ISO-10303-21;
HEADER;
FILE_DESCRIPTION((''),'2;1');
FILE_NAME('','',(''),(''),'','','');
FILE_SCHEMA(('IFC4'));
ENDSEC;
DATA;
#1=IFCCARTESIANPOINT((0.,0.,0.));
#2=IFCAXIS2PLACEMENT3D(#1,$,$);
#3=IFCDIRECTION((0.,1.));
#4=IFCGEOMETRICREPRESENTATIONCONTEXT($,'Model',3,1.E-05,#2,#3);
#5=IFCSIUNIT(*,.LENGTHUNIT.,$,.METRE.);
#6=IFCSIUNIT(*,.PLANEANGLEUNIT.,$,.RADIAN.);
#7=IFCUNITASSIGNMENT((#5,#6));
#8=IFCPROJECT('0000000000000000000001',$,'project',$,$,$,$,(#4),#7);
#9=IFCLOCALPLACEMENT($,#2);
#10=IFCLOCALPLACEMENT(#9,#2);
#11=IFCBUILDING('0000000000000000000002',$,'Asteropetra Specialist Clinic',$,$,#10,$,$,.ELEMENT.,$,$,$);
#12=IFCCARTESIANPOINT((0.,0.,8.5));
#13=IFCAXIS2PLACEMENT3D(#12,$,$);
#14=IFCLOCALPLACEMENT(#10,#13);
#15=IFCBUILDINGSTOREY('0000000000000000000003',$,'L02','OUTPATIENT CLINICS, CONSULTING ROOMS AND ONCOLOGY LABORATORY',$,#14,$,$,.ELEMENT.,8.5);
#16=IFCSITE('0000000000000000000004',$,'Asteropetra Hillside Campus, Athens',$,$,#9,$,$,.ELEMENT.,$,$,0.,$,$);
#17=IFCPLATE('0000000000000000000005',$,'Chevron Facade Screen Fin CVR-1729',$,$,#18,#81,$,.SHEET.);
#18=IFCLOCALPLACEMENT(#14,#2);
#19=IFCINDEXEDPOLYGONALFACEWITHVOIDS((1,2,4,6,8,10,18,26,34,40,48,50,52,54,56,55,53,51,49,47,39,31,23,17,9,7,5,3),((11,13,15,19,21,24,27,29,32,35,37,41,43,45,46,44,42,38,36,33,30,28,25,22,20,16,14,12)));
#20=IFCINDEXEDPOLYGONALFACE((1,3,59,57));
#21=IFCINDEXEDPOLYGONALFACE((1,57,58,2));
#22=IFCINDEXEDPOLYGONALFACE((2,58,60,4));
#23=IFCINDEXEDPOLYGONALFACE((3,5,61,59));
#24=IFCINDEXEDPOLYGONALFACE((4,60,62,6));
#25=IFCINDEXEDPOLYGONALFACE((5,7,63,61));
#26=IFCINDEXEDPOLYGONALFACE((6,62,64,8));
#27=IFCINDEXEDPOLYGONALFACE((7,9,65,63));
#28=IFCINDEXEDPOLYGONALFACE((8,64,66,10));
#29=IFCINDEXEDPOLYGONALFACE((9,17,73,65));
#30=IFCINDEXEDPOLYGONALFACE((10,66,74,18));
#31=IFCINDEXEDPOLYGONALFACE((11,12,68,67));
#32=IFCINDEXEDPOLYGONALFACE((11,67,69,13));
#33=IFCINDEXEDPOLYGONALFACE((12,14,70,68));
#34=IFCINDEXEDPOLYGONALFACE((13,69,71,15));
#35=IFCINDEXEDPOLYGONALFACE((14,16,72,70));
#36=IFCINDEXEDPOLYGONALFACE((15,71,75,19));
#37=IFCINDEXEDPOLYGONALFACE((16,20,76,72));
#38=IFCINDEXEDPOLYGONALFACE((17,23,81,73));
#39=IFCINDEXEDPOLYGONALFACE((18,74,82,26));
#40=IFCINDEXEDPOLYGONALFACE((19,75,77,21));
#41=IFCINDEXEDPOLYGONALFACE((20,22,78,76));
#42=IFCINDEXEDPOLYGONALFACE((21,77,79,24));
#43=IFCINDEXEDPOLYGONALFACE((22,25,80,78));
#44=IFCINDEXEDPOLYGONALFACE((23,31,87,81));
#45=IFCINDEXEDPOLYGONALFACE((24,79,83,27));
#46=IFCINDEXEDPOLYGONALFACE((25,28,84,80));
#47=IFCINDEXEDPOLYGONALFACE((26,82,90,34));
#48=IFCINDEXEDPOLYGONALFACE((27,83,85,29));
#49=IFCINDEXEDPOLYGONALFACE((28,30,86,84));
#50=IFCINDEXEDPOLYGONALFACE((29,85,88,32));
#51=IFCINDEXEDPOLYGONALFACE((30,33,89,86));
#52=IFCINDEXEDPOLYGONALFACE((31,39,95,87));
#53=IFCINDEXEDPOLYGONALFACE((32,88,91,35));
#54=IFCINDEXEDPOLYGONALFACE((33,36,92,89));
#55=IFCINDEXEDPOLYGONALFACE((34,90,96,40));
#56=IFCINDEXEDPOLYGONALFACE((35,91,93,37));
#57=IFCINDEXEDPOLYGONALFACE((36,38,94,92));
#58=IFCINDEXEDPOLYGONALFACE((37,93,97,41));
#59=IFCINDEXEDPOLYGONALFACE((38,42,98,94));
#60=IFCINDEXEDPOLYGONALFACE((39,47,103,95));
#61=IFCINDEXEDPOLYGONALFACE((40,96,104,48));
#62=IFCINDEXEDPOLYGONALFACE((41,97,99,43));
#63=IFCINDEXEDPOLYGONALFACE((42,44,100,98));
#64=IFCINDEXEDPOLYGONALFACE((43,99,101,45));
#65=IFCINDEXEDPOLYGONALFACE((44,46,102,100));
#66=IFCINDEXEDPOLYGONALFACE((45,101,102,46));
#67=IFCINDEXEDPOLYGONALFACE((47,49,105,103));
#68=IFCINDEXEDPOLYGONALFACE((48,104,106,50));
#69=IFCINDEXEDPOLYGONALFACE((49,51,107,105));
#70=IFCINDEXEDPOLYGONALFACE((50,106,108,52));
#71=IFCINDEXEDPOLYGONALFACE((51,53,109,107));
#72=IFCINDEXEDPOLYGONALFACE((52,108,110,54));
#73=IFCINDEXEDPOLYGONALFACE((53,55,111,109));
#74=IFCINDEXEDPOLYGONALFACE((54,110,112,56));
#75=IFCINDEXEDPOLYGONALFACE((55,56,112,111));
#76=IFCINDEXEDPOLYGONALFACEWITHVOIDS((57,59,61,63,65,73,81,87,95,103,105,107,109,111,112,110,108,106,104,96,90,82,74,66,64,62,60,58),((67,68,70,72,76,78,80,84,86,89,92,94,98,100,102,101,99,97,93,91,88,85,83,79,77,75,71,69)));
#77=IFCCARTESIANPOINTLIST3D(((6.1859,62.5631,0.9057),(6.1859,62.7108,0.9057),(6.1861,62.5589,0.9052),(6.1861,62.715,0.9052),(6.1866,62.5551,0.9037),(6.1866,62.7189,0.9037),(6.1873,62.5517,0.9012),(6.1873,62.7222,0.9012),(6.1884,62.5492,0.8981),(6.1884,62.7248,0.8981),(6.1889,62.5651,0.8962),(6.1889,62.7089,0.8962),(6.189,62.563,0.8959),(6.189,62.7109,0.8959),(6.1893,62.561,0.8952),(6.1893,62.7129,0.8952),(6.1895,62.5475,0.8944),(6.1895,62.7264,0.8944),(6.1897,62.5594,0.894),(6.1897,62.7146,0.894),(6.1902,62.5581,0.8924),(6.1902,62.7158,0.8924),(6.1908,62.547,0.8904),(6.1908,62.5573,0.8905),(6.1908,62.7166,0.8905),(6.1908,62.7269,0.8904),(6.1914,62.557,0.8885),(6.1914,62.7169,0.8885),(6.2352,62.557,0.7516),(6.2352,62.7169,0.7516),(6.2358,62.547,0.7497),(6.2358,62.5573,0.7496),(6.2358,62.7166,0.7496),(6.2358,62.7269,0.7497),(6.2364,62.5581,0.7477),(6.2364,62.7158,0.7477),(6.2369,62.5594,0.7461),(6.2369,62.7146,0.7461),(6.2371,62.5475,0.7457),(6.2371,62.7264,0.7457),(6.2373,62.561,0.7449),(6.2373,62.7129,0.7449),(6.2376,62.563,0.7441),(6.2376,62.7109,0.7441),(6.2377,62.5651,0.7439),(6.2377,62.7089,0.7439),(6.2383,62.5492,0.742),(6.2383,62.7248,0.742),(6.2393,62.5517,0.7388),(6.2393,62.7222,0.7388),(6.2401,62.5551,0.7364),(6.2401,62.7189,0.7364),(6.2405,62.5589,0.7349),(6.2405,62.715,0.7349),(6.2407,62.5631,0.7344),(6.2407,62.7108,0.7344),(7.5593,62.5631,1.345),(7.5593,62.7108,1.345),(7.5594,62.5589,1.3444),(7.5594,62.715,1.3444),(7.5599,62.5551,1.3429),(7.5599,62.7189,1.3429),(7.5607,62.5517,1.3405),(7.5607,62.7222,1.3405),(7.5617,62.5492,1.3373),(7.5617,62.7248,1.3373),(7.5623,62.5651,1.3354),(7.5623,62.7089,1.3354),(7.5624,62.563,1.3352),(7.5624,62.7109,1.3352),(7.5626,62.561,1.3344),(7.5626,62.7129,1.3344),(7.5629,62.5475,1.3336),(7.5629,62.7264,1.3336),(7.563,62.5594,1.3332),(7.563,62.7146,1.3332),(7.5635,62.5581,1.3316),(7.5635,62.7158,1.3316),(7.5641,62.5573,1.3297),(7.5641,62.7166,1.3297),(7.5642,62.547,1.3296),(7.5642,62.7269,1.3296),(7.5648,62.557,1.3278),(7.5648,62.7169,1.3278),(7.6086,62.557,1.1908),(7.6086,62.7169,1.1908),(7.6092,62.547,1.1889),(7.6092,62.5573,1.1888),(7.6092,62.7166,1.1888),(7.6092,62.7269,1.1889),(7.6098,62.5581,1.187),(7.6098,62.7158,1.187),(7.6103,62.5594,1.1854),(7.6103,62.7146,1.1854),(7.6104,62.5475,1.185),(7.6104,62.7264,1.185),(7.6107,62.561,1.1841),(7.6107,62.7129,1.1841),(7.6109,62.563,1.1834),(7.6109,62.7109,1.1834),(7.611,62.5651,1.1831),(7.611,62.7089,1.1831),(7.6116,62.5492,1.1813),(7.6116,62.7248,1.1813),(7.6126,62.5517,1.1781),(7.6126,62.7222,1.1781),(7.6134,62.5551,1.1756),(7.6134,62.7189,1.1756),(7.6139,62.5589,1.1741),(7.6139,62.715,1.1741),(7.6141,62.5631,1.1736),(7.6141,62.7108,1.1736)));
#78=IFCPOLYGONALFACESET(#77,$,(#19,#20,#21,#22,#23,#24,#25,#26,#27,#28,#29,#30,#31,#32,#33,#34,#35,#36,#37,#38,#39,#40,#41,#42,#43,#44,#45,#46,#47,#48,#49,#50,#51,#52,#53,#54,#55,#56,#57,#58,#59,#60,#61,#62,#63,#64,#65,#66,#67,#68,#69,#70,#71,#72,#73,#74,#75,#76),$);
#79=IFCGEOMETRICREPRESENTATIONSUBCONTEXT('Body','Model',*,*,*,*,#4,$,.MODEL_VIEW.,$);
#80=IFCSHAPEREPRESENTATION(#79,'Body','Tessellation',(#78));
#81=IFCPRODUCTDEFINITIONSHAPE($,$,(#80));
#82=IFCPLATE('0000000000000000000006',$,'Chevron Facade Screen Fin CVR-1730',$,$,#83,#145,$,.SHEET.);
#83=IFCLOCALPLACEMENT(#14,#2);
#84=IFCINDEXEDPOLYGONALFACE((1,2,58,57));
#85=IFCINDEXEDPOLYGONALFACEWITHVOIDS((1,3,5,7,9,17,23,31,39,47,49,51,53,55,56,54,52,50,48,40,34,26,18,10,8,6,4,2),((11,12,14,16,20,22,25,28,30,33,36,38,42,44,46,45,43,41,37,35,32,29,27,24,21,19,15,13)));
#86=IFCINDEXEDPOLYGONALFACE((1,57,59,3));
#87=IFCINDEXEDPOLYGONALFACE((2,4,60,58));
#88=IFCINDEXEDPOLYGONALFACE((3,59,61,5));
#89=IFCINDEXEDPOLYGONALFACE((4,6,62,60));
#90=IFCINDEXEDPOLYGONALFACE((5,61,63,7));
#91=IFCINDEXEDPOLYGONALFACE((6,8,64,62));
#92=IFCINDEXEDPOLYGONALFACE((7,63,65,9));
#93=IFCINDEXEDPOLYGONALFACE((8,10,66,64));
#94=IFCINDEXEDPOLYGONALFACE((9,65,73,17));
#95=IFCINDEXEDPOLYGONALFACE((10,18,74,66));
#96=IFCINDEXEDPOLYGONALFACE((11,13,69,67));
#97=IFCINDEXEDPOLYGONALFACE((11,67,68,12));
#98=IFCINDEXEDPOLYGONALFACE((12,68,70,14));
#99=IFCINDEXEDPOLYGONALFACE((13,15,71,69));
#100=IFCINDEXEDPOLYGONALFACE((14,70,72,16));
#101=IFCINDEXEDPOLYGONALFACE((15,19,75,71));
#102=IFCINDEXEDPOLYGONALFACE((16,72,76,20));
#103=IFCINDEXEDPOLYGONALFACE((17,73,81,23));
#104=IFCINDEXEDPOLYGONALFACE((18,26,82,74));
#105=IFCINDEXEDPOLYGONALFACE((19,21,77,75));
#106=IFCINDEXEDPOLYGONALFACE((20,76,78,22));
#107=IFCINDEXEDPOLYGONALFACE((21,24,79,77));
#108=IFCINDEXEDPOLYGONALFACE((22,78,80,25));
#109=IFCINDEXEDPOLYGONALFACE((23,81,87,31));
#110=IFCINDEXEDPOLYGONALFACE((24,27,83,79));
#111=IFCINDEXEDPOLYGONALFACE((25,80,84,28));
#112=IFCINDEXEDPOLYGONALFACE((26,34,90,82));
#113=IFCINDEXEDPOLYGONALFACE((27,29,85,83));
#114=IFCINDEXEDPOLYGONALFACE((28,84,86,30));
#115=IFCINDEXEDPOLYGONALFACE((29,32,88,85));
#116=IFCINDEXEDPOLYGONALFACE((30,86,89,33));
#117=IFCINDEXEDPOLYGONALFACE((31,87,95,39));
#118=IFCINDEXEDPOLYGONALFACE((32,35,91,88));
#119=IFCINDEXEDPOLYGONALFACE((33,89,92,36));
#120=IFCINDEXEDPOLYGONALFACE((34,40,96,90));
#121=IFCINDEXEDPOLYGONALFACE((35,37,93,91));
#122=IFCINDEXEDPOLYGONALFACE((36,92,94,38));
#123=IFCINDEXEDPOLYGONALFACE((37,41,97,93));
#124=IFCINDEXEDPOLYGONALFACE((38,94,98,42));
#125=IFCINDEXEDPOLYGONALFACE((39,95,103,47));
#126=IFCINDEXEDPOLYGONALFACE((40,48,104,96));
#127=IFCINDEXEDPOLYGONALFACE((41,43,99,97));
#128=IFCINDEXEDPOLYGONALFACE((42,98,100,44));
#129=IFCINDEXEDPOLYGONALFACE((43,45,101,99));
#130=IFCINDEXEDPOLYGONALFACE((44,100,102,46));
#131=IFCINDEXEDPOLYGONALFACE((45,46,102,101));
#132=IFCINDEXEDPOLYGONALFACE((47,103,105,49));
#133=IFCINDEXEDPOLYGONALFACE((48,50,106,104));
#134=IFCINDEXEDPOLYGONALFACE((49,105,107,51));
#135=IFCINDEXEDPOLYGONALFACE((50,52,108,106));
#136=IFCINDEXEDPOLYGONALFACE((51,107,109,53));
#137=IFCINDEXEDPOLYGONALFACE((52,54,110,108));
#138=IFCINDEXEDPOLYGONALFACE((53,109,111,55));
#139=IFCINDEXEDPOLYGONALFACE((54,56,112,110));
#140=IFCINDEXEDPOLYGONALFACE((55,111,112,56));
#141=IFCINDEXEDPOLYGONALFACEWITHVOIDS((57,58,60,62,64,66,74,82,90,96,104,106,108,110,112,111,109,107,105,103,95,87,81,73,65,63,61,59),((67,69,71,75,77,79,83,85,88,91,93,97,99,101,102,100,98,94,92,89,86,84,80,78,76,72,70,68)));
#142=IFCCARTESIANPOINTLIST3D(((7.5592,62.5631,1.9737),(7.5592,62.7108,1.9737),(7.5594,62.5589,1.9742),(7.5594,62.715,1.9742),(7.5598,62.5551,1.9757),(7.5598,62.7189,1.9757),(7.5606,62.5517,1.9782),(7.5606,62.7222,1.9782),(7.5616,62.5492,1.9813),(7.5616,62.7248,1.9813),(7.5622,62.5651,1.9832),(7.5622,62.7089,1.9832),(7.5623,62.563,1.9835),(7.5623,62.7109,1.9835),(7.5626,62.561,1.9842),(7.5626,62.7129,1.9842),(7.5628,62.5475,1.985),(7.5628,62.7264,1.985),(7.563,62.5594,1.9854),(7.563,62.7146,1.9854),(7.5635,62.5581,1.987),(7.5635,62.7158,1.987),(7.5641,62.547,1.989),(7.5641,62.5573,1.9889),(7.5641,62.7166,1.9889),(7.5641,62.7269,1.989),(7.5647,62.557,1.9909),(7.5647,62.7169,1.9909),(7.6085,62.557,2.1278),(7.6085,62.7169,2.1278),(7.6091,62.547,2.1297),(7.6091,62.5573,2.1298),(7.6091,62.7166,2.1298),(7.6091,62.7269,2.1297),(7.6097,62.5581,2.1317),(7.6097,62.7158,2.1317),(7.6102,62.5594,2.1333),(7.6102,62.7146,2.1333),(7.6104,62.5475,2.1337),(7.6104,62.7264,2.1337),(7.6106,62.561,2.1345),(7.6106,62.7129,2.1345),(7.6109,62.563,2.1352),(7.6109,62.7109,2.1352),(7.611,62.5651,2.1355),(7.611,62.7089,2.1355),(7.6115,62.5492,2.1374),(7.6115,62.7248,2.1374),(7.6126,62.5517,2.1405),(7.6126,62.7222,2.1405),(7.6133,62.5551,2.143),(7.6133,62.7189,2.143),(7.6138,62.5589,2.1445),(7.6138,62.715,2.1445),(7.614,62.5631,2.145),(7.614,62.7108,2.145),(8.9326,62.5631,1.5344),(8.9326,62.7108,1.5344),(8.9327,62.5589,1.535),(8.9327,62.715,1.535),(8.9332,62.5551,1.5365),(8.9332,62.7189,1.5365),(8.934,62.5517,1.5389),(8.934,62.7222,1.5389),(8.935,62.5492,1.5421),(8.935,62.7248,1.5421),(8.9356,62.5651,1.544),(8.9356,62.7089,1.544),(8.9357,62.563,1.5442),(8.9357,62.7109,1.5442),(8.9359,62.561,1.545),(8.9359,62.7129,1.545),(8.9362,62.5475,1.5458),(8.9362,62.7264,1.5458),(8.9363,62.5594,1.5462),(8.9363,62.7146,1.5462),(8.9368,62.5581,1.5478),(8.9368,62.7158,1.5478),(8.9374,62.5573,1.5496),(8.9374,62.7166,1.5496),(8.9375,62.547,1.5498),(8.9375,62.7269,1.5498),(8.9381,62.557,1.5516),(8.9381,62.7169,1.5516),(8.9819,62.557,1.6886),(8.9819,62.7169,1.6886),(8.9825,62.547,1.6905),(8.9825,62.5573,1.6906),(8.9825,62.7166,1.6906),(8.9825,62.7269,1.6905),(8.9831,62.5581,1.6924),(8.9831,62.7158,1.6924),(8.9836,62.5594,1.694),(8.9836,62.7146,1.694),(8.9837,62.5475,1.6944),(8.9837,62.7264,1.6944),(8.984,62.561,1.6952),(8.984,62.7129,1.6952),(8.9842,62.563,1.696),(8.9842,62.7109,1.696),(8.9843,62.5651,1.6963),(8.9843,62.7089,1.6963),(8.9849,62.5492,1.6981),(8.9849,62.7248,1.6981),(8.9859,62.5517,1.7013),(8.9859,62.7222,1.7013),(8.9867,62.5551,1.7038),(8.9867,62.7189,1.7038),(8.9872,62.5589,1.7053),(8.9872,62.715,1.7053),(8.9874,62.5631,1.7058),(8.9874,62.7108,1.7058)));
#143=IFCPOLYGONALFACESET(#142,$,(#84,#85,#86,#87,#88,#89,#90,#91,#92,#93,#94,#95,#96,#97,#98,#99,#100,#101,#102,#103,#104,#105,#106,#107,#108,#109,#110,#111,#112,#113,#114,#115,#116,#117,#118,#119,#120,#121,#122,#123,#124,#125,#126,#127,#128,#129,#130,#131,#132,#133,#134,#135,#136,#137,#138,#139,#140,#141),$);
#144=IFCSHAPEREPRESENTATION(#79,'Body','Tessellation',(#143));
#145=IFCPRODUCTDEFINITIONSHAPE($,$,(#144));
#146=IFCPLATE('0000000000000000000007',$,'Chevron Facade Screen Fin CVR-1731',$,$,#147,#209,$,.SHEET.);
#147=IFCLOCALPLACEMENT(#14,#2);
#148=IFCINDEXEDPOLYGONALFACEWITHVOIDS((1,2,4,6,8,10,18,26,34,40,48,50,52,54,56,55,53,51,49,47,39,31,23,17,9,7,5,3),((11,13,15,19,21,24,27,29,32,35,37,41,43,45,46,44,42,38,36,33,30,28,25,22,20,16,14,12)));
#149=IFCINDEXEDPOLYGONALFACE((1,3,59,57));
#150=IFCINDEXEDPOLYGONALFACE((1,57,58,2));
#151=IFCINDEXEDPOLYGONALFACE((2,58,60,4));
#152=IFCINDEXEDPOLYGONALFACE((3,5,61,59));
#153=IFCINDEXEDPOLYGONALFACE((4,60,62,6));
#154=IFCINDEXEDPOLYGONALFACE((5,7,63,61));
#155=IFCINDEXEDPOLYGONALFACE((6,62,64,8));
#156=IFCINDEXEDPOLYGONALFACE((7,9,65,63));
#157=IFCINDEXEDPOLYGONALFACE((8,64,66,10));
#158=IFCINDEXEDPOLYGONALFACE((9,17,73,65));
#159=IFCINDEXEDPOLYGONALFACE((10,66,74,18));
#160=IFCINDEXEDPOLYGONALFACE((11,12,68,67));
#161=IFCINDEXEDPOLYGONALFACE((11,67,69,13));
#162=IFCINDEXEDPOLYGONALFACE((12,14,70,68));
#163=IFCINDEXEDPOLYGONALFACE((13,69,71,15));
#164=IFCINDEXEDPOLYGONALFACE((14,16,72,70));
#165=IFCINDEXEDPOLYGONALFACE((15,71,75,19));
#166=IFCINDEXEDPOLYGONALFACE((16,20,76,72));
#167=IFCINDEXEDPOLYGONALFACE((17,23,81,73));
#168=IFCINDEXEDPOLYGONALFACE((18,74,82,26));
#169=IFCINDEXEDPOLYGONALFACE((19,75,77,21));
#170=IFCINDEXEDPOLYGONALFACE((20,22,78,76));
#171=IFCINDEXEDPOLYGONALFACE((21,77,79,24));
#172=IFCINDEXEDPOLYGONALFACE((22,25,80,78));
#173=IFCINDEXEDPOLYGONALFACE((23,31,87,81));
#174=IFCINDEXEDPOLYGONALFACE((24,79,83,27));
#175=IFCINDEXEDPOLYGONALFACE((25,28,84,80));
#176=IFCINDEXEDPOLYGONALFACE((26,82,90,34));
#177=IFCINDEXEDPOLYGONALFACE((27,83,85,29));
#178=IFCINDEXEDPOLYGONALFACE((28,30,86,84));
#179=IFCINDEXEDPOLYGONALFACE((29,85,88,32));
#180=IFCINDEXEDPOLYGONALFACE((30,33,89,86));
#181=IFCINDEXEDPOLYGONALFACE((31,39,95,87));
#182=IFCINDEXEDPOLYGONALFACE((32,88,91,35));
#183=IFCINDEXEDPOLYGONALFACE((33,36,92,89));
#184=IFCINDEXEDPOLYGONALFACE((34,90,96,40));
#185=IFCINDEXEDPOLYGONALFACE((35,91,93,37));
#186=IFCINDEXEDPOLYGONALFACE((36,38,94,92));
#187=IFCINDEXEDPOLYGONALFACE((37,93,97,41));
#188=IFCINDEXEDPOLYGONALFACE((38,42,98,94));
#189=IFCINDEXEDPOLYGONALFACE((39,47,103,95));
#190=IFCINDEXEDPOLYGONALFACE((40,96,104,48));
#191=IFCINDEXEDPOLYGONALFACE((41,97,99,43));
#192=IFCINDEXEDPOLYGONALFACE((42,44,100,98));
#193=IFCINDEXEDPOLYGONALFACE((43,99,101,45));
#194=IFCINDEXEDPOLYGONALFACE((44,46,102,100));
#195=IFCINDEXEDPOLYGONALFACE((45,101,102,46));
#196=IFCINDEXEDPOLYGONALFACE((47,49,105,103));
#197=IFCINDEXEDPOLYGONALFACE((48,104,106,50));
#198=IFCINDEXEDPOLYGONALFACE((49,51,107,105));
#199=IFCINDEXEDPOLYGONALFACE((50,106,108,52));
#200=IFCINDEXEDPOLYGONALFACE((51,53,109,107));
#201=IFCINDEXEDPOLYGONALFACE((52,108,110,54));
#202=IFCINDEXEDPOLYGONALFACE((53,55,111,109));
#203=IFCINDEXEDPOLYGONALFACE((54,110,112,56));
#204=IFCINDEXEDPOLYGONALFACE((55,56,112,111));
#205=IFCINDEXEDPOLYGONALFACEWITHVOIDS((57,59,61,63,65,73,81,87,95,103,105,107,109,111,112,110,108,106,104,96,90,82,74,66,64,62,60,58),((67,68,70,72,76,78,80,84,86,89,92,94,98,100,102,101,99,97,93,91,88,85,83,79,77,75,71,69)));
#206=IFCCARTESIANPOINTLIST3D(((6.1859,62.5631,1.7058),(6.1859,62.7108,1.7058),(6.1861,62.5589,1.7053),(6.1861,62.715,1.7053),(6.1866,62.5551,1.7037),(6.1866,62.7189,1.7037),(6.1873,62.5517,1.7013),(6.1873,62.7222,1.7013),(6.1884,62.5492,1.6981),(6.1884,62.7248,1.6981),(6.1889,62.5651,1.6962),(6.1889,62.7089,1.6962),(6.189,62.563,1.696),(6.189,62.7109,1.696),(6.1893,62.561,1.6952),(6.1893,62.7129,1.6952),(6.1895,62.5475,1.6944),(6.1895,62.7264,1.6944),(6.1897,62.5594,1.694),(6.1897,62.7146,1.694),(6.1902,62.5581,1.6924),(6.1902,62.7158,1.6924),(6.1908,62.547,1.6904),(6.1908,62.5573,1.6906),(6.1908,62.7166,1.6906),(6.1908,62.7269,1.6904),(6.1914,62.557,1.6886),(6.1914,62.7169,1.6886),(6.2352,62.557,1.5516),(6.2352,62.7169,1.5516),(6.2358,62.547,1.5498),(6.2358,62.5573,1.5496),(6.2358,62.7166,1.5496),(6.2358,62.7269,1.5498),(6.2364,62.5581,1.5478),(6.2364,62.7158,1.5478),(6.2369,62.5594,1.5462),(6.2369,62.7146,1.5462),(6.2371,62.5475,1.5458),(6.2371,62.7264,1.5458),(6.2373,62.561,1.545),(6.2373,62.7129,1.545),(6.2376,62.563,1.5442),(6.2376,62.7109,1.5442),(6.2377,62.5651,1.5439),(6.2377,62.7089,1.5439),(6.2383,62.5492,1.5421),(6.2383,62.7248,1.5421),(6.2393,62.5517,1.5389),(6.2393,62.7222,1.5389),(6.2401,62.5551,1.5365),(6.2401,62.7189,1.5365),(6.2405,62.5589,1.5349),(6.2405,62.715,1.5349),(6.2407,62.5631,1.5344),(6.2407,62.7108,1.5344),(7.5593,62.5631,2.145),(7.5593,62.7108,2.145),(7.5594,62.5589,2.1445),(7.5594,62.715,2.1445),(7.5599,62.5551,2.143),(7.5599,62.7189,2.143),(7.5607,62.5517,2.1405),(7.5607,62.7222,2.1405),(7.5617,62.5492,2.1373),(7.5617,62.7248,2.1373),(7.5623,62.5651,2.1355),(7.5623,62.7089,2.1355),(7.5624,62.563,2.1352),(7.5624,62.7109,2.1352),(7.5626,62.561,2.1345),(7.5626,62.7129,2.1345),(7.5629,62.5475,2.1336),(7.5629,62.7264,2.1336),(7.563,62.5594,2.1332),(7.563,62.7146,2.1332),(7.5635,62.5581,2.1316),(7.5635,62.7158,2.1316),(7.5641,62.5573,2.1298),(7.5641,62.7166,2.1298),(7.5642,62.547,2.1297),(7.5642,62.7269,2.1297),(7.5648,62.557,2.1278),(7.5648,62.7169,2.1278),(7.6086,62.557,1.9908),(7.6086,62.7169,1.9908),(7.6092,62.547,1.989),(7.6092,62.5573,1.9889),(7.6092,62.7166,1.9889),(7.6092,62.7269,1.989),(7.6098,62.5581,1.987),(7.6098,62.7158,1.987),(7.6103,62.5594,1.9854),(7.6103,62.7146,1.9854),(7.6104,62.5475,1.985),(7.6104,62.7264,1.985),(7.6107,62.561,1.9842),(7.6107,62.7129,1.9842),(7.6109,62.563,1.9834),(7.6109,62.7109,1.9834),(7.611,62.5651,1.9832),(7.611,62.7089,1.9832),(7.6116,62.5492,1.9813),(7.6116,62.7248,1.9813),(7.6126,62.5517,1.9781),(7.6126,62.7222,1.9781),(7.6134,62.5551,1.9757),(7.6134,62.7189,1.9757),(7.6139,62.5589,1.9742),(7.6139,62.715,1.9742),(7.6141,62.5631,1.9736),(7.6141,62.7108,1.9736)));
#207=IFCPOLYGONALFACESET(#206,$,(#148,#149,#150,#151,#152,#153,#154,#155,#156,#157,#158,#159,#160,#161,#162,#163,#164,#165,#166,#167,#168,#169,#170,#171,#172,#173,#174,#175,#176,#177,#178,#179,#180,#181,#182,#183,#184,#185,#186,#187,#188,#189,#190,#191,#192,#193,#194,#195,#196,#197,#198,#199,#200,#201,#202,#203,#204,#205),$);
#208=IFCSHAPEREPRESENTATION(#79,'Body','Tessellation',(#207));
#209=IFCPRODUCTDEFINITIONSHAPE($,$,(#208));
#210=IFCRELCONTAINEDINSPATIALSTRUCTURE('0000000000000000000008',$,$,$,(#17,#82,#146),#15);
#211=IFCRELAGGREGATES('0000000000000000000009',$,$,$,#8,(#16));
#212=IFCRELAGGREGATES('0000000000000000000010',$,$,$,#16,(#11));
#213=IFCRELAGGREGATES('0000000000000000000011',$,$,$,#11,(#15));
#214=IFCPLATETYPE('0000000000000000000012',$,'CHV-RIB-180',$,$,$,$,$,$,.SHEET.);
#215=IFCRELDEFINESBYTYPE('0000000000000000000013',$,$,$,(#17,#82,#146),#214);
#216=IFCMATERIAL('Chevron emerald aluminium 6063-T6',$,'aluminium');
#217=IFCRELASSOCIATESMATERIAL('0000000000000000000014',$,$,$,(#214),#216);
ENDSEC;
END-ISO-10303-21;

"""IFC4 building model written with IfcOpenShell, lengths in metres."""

from ifc_helpers import new_model, si_unit, direction, frame, origin, origin_2d, place, context, subcontext, project, spatial, hollow_rectangle, extrude, material, material_profile, profile_set, type_object, element, save


model = new_model("IFC4")

# Units and contexts
model_context = context("Model", 3, precision=1e-05, world=origin(), true_north=direction((0.0, 1.0)))
body_context = subcontext(model_context, "Body", "Model", "MODEL_VIEW")
ifc_project = project(units=[si_unit("LENGTHUNIT", "METRE"), si_unit("PLANEANGLEUNIT", "RADIAN")], contexts=[model_context])

# Site, building, storey
site_placement = place(None, origin())
site = spatial("IfcSite", under=ifc_project, at=site_placement, Name="Asteropetra Hillside Campus, Athens", CompositionType="ELEMENT", RefElevation=0.0)
building_placement = place(site_placement, origin())
building = spatial("IfcBuilding", under=site, at=building_placement, Name="Asteropetra Specialist Clinic", CompositionType="ELEMENT")
storey_placement = place(building_placement, frame((0.0, 0.0, 8.5)))
storey = spatial("IfcBuildingStorey", under=building, at=storey_placement, Name="L02", Description="OUTPATIENT CLINICS, CONSULTING ROOMS AND ONCOLOGY LABORATORY", CompositionType="ELEMENT", Elevation=8.5)

# Plates
ifc_material_1 = material(Name="Chevron emerald aluminium 6063-T6", Category="aluminium")
ifc_material_profile_1 = material_profile(ifc_material_1, hollow_rectangle(XDim=0.1799, YDim=0.1799, WallThickness=0.01, InnerFilletRadius=0.0081, OuterFilletRadius=0.0161, at=origin_2d()), Name="SHS 180x180x10.0")
ifc_profile_set_1 = profile_set([ifc_material_profile_1], Name="Chevron emerald aluminium 6063-T6")
plate_type_1 = type_object("IfcPlateType", Name="CHV-RIB-180", PredefinedType="SHEET", material=ifc_profile_set_1)
for number, where, z_axis, x_axis, name in (
    (1, (7.5867, 62.637, 1.2593), (-0.952473, 0.0, -0.304622), (0.0, -1.0, 0.0), "Chevron Facade Screen Fin CVR-1729"),
    (2, (8.96, 62.637, 1.6201), (-0.952473, 0.0, 0.304622), (0.0, -1.0, 0.0), "Chevron Facade Screen Fin CVR-1730"),
    (3, (7.5867, 62.637, 2.0593), (-0.952473, 0.0, -0.304622), (0.0, -1.0, 0.0), "Chevron Facade Screen Fin CVR-1731"),
):
    element("IfcPlate", number, at=place(storey_placement, frame(where, z_axis=z_axis, x_axis=x_axis)), inside=storey, type_object=plate_type_1, Name=name, PredefinedType="SHEET", context=body_context, shape_type="SweptSolid", body=[
        extrude(hollow_rectangle(XDim=0.1799, YDim=0.1799, WallThickness=0.01, InnerFilletRadius=0.0081, OuterFilletRadius=0.0161, at=origin_2d()), origin(), (0.0, 0.0, 1.0), 1.4419),
    ])

save(model, "model.ifc")
